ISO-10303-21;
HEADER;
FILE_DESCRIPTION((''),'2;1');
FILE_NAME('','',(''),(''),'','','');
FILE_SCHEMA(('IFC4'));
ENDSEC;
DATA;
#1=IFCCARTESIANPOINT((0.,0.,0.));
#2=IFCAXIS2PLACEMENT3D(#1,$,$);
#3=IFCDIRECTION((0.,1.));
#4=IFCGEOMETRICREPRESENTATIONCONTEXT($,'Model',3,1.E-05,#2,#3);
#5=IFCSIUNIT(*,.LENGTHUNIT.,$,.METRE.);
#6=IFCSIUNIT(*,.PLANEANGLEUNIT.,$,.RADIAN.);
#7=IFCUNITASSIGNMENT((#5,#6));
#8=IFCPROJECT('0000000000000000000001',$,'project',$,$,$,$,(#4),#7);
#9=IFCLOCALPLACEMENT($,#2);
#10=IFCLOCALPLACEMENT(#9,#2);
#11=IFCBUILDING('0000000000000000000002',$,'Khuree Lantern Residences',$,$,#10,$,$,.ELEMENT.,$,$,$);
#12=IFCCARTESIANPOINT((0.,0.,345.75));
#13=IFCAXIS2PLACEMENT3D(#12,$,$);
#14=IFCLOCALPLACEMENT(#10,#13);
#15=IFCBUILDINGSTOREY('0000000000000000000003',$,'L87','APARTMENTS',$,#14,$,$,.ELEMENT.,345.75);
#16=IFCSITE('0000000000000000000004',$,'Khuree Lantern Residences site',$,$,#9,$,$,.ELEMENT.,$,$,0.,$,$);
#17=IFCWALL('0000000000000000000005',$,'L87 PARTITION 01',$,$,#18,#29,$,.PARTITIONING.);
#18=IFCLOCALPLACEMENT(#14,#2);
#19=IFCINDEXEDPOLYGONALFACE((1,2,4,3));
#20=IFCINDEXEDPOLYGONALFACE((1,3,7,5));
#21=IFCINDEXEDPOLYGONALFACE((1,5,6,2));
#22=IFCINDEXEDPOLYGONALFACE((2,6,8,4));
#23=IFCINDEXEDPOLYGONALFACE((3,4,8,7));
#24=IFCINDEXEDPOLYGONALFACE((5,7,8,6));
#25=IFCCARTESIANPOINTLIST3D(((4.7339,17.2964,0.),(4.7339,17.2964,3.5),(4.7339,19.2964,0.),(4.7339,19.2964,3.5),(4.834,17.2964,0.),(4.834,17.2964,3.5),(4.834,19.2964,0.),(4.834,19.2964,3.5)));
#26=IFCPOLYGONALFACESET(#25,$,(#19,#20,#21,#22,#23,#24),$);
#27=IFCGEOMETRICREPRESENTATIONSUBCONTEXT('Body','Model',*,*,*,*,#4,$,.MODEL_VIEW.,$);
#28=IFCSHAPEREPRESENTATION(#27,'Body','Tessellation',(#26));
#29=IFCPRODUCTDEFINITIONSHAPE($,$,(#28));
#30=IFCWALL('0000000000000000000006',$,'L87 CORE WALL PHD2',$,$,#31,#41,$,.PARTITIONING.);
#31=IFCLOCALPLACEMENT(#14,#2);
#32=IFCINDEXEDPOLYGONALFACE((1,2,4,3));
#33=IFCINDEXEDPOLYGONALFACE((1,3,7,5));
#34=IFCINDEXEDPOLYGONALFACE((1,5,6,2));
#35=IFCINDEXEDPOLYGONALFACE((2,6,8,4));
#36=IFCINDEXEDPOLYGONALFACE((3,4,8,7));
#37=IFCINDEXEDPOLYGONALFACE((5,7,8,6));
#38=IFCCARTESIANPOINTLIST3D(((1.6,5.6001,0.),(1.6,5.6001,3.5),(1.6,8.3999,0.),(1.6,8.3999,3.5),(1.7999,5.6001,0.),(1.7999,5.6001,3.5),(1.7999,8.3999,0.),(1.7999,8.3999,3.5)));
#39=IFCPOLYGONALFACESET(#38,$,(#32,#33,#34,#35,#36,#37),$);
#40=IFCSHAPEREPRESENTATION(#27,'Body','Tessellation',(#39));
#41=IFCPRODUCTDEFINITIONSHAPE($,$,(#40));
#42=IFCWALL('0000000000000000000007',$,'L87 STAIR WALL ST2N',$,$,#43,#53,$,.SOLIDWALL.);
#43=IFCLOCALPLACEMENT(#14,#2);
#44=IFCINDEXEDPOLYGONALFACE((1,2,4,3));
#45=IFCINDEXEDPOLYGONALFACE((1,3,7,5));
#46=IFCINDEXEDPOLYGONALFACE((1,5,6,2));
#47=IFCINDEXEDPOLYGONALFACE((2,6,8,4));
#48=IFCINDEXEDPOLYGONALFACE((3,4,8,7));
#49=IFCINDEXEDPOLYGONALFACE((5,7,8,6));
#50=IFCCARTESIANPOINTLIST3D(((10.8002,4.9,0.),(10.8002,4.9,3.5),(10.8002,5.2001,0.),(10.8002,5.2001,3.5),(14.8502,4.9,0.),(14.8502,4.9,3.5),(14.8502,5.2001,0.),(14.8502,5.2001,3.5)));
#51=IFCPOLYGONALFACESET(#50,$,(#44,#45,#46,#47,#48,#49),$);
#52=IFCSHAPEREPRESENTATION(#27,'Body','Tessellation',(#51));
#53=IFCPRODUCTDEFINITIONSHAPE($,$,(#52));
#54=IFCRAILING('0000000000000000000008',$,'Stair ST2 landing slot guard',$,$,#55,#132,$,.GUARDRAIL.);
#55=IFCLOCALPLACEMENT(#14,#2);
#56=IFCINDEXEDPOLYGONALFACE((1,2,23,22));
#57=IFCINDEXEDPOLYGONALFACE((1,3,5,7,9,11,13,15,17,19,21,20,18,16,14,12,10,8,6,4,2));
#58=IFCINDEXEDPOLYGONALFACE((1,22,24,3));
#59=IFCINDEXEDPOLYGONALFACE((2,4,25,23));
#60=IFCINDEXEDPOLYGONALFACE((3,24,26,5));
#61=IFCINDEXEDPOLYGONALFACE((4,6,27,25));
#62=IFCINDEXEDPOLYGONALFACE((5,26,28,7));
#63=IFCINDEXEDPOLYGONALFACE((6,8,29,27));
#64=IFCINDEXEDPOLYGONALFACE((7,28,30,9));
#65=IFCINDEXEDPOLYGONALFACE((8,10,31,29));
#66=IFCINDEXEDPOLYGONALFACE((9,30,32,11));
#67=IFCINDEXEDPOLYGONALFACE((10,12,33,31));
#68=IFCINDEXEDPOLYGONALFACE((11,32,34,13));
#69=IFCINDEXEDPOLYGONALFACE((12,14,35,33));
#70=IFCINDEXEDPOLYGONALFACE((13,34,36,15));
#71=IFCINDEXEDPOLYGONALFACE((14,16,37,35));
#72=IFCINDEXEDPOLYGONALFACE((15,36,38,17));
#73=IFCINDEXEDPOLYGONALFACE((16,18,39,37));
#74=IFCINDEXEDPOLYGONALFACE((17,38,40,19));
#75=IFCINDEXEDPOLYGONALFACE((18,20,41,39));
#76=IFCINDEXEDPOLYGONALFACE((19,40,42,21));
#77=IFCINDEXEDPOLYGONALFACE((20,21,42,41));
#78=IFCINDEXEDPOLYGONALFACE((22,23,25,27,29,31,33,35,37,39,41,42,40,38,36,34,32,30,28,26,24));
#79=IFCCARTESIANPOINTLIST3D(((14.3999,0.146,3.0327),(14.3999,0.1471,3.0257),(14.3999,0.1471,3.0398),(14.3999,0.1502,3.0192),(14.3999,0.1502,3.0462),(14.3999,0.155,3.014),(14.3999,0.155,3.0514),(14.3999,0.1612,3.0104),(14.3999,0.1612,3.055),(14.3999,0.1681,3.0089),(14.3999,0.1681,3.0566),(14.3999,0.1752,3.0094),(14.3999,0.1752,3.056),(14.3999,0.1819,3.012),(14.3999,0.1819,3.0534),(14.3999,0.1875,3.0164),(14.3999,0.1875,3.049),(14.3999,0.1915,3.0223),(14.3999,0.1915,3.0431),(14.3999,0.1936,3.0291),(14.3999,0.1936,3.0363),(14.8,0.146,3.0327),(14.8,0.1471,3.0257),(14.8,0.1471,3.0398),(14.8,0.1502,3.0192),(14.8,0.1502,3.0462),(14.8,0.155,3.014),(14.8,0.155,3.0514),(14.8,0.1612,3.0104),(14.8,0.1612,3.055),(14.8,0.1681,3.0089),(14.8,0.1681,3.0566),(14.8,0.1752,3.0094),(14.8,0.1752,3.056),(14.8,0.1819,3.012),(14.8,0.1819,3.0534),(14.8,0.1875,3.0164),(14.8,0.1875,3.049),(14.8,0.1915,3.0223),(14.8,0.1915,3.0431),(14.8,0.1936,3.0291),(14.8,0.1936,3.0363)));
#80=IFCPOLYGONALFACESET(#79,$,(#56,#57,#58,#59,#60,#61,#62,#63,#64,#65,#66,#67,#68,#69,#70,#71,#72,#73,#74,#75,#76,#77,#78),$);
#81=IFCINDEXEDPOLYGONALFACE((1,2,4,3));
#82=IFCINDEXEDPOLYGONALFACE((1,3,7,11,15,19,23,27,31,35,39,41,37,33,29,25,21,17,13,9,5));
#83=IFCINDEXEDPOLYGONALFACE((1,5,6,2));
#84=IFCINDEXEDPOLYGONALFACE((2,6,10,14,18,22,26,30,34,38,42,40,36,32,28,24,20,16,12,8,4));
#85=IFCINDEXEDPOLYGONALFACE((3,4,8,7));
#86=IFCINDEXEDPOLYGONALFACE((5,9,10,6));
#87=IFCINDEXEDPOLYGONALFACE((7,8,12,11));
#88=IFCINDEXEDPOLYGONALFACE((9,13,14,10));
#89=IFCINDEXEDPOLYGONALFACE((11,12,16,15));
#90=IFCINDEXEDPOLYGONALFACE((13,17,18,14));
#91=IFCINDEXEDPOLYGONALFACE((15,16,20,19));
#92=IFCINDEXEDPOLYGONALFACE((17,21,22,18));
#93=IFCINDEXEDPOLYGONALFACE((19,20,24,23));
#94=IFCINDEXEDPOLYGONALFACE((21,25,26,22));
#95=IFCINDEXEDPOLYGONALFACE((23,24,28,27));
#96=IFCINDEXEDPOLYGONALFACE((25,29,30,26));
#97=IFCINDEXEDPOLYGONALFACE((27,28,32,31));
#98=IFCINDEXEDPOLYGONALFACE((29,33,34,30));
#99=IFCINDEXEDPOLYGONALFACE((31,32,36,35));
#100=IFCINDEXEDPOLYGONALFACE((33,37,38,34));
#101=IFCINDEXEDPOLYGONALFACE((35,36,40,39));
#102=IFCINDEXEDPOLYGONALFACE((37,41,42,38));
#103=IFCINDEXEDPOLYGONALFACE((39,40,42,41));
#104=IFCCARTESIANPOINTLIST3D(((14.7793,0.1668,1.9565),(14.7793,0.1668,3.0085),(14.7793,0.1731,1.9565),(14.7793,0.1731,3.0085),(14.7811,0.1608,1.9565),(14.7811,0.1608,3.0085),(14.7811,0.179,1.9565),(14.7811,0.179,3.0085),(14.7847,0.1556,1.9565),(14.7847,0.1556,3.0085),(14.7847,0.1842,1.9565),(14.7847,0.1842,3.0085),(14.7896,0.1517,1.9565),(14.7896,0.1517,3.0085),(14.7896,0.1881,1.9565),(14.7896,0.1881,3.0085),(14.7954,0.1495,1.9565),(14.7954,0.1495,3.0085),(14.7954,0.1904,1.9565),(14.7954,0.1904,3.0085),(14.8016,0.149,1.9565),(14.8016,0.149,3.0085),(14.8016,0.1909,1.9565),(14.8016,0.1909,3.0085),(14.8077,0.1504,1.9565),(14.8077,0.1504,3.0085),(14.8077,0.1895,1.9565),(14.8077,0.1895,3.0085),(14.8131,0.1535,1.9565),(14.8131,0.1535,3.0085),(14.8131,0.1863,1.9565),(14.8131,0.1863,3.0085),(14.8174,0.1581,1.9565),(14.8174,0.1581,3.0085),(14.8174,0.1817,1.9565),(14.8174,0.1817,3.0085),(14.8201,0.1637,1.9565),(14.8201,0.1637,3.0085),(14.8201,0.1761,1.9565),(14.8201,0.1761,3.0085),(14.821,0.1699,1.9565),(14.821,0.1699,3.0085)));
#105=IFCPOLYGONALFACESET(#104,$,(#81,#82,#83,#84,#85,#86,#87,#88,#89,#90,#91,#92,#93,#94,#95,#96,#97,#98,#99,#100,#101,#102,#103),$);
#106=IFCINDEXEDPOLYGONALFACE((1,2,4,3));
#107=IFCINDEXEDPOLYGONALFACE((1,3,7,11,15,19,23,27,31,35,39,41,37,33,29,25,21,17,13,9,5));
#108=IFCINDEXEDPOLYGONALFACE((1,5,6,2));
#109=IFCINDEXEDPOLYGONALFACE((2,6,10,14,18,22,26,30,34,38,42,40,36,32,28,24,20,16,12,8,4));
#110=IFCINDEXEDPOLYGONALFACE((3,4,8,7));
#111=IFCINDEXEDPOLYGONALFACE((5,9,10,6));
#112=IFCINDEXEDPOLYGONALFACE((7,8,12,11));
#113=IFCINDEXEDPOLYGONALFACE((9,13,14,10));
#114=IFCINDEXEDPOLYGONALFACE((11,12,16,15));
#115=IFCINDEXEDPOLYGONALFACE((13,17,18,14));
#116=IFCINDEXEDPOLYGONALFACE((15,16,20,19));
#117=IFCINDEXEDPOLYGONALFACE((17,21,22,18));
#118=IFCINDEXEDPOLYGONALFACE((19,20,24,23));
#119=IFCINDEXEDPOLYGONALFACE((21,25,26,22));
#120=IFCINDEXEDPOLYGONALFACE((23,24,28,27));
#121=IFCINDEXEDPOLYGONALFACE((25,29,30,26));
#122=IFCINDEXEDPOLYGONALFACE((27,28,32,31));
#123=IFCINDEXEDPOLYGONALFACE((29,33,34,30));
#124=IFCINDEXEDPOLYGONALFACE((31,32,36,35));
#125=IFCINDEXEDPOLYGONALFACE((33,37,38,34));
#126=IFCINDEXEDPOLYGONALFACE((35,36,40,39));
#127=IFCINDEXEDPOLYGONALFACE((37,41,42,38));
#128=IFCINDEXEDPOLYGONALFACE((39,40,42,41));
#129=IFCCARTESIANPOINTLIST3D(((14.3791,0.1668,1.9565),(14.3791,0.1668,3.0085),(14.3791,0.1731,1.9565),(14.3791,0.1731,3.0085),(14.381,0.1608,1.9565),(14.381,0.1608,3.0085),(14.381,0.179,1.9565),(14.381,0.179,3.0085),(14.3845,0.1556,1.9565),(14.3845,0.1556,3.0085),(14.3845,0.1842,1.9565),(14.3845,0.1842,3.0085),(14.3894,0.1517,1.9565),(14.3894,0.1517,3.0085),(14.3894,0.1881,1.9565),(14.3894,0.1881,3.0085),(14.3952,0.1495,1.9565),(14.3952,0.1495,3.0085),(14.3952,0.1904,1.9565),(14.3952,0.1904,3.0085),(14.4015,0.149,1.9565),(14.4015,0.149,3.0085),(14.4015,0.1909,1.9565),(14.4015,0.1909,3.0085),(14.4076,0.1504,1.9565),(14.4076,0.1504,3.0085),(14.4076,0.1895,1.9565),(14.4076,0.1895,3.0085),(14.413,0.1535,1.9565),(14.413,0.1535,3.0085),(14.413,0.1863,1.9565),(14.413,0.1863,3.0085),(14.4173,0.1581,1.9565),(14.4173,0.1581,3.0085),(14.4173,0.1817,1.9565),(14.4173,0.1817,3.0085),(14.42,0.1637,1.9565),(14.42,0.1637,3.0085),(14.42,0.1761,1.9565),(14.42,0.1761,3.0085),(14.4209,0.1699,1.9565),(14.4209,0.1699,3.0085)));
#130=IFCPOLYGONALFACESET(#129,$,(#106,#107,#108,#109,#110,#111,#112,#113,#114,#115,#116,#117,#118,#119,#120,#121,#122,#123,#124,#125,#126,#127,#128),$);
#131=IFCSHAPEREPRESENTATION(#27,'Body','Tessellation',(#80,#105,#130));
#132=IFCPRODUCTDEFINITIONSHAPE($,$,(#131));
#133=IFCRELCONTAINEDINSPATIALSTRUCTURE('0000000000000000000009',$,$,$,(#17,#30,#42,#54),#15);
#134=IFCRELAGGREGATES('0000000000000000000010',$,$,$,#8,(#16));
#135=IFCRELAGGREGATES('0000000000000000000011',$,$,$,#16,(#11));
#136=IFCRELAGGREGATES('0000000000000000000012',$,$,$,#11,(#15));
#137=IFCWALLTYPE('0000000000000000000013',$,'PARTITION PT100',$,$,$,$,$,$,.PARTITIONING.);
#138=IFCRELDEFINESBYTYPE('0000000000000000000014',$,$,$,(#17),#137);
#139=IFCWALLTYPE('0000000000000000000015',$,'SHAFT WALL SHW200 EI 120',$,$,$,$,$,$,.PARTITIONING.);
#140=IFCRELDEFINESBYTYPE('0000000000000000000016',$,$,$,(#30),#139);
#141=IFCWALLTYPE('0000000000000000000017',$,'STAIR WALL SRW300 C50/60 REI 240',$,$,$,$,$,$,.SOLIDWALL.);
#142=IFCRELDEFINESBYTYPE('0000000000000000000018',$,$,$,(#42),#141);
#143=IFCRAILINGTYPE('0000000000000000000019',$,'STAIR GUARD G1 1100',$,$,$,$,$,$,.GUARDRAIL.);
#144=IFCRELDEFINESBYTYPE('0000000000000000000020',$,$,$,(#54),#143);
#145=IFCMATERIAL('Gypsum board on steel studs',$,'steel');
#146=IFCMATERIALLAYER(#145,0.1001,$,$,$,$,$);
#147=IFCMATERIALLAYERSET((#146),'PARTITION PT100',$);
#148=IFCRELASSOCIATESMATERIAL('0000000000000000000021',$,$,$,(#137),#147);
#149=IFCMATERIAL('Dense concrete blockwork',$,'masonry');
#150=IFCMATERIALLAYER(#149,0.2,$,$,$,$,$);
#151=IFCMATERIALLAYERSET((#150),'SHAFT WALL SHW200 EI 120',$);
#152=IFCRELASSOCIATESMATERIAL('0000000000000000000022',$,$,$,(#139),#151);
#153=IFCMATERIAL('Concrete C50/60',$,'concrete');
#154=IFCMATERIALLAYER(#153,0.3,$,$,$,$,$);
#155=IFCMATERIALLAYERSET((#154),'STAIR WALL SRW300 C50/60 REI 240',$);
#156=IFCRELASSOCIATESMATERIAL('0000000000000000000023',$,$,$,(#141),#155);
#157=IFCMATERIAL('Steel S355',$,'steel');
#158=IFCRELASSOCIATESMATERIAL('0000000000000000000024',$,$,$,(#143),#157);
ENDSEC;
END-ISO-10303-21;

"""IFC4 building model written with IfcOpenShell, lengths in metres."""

from ifc_helpers import new_model, si_unit, direction, frame, frame_2d, origin, origin_2d, place, context, subcontext, project, spatial, rectangle, circle, extrude, material, layer, layer_set, type_object, element, save


model = new_model("IFC4")

# Units and contexts
model_context = context("Model", 3, precision=1e-05, world=origin(), true_north=direction((0.0, 1.0)))
body_context = subcontext(model_context, "Body", "Model", "MODEL_VIEW")
ifc_project = project(units=[si_unit("LENGTHUNIT", "METRE"), si_unit("PLANEANGLEUNIT", "RADIAN")], contexts=[model_context])

# Site, building, storey
site_placement = place(None, origin())
site = spatial("IfcSite", under=ifc_project, at=site_placement, Name="Khuree Lantern Residences site", CompositionType="ELEMENT", RefElevation=0.0)
building_placement = place(site_placement, origin())
building = spatial("IfcBuilding", under=site, at=building_placement, Name="Khuree Lantern Residences", CompositionType="ELEMENT")
storey_placement = place(building_placement, frame((0.0, 0.0, 345.75)))
storey = spatial("IfcBuildingStorey", under=building, at=storey_placement, Name="L87", Description="APARTMENTS", CompositionType="ELEMENT", Elevation=345.75)

# Shared definitions
ifc_material_1 = material(Name="Concrete C50/60", Category="concrete")

# Shared definitions
ifc_material_2 = material(Name="Steel S355", Category="steel")

# Shared definitions
ifc_material_3 = material(Name="Dense concrete blockwork", Category="masonry")

# Shared definitions
ifc_material_4 = material(Name="Gypsum board on steel studs", Category="steel")
ifc_layer_1 = layer(ifc_material_4, 0.1001)
ifc_layer_set_1 = layer_set([ifc_layer_1], Name="PARTITION PT100")
wall_type_1 = type_object("IfcWallType", Name="PARTITION PT100", PredefinedType="PARTITIONING", material=ifc_layer_set_1)

# Walls
wall_1_placement = place(storey_placement, frame((4.7839, 17.2964, 0.0), z_axis=(0.0, 0.0, 1.0), x_axis=(0.0, 1.0, 0.0)))
element("IfcWall", 1, at=wall_1_placement, inside=storey, type_object=wall_type_1, Name="L87 PARTITION 01", PredefinedType="PARTITIONING", context=body_context, shape_type="SweptSolid", body=[
    extrude(rectangle(XDim=2.0, YDim=0.1001, at=frame_2d((1.0, 0.0))), origin(), (0.0, 0.0, 1.0), 3.5),
])
ifc_layer_2 = layer(ifc_material_3, 0.2)
ifc_layer_set_2 = layer_set([ifc_layer_2], Name="SHAFT WALL SHW200 EI 120")
wall_type_2 = type_object("IfcWallType", Name="SHAFT WALL SHW200 EI 120", PredefinedType="PARTITIONING", material=ifc_layer_set_2)
wall_2_placement = place(storey_placement, frame((1.7, 5.6001, 0.0), z_axis=(0.0, 0.0, 1.0), x_axis=(0.0, 1.0, 0.0)))
element("IfcWall", 2, at=wall_2_placement, inside=storey, type_object=wall_type_2, Name="L87 CORE WALL PHD2", PredefinedType="PARTITIONING", context=body_context, shape_type="SweptSolid", body=[
    extrude(rectangle(XDim=2.7998, YDim=0.2, at=frame_2d((1.3999, 0.0))), origin(), (0.0, 0.0, 1.0), 3.5),
])
ifc_layer_3 = layer(ifc_material_1, 0.3)
ifc_layer_set_3 = layer_set([ifc_layer_3], Name="STAIR WALL SRW300 C50/60 REI 240")
wall_type_3 = type_object("IfcWallType", Name="STAIR WALL SRW300 C50/60 REI 240", PredefinedType="SOLIDWALL", material=ifc_layer_set_3)
wall_3_placement = place(storey_placement, frame((14.8501, 5.05, 0.0), z_axis=(0.0, 0.0, 1.0), x_axis=(-1.0, 0.0, 0.0)))
element("IfcWall", 3, at=wall_3_placement, inside=storey, type_object=wall_type_3, Name="L87 STAIR WALL ST2N", PredefinedType="SOLIDWALL", context=body_context, shape_type="SweptSolid", body=[
    extrude(rectangle(XDim=4.05, YDim=0.3, at=frame_2d((2.0249, 0.0))), origin(), (0.0, 0.0, 1.0), 3.5),
])

# Railing
railing_type = type_object("IfcRailingType", Name="STAIR GUARD G1 1100", PredefinedType="GUARDRAIL", material=ifc_material_2)
railing_placement = place(storey_placement, frame((14.8, 0.1699, 1.9565)))
element("IfcRailing", 4, at=railing_placement, inside=storey, type_object=railing_type, Name="Stair ST2 landing slot guard", PredefinedType="GUARDRAIL", context=body_context, shape_type="SweptSolid", body=[
    extrude(circle(Radius=0.0239, at=origin_2d()), frame((0.0, 0.0, 1.0762), z_axis=(-1.0, 0.0, 0.0), x_axis=(0.0, -1.0, 0.0)), (0.0, 0.0, 1.0), 0.4001),
    extrude(circle(Radius=0.021, at=origin_2d()), origin(), (0.0, 0.0, 1.0), 1.052),
    extrude(circle(Radius=0.021, at=origin_2d()), frame((-0.4001, 0.0, 0.0)), (0.0, 0.0, 1.0), 1.052),
])

save(model, "model.ifc")
